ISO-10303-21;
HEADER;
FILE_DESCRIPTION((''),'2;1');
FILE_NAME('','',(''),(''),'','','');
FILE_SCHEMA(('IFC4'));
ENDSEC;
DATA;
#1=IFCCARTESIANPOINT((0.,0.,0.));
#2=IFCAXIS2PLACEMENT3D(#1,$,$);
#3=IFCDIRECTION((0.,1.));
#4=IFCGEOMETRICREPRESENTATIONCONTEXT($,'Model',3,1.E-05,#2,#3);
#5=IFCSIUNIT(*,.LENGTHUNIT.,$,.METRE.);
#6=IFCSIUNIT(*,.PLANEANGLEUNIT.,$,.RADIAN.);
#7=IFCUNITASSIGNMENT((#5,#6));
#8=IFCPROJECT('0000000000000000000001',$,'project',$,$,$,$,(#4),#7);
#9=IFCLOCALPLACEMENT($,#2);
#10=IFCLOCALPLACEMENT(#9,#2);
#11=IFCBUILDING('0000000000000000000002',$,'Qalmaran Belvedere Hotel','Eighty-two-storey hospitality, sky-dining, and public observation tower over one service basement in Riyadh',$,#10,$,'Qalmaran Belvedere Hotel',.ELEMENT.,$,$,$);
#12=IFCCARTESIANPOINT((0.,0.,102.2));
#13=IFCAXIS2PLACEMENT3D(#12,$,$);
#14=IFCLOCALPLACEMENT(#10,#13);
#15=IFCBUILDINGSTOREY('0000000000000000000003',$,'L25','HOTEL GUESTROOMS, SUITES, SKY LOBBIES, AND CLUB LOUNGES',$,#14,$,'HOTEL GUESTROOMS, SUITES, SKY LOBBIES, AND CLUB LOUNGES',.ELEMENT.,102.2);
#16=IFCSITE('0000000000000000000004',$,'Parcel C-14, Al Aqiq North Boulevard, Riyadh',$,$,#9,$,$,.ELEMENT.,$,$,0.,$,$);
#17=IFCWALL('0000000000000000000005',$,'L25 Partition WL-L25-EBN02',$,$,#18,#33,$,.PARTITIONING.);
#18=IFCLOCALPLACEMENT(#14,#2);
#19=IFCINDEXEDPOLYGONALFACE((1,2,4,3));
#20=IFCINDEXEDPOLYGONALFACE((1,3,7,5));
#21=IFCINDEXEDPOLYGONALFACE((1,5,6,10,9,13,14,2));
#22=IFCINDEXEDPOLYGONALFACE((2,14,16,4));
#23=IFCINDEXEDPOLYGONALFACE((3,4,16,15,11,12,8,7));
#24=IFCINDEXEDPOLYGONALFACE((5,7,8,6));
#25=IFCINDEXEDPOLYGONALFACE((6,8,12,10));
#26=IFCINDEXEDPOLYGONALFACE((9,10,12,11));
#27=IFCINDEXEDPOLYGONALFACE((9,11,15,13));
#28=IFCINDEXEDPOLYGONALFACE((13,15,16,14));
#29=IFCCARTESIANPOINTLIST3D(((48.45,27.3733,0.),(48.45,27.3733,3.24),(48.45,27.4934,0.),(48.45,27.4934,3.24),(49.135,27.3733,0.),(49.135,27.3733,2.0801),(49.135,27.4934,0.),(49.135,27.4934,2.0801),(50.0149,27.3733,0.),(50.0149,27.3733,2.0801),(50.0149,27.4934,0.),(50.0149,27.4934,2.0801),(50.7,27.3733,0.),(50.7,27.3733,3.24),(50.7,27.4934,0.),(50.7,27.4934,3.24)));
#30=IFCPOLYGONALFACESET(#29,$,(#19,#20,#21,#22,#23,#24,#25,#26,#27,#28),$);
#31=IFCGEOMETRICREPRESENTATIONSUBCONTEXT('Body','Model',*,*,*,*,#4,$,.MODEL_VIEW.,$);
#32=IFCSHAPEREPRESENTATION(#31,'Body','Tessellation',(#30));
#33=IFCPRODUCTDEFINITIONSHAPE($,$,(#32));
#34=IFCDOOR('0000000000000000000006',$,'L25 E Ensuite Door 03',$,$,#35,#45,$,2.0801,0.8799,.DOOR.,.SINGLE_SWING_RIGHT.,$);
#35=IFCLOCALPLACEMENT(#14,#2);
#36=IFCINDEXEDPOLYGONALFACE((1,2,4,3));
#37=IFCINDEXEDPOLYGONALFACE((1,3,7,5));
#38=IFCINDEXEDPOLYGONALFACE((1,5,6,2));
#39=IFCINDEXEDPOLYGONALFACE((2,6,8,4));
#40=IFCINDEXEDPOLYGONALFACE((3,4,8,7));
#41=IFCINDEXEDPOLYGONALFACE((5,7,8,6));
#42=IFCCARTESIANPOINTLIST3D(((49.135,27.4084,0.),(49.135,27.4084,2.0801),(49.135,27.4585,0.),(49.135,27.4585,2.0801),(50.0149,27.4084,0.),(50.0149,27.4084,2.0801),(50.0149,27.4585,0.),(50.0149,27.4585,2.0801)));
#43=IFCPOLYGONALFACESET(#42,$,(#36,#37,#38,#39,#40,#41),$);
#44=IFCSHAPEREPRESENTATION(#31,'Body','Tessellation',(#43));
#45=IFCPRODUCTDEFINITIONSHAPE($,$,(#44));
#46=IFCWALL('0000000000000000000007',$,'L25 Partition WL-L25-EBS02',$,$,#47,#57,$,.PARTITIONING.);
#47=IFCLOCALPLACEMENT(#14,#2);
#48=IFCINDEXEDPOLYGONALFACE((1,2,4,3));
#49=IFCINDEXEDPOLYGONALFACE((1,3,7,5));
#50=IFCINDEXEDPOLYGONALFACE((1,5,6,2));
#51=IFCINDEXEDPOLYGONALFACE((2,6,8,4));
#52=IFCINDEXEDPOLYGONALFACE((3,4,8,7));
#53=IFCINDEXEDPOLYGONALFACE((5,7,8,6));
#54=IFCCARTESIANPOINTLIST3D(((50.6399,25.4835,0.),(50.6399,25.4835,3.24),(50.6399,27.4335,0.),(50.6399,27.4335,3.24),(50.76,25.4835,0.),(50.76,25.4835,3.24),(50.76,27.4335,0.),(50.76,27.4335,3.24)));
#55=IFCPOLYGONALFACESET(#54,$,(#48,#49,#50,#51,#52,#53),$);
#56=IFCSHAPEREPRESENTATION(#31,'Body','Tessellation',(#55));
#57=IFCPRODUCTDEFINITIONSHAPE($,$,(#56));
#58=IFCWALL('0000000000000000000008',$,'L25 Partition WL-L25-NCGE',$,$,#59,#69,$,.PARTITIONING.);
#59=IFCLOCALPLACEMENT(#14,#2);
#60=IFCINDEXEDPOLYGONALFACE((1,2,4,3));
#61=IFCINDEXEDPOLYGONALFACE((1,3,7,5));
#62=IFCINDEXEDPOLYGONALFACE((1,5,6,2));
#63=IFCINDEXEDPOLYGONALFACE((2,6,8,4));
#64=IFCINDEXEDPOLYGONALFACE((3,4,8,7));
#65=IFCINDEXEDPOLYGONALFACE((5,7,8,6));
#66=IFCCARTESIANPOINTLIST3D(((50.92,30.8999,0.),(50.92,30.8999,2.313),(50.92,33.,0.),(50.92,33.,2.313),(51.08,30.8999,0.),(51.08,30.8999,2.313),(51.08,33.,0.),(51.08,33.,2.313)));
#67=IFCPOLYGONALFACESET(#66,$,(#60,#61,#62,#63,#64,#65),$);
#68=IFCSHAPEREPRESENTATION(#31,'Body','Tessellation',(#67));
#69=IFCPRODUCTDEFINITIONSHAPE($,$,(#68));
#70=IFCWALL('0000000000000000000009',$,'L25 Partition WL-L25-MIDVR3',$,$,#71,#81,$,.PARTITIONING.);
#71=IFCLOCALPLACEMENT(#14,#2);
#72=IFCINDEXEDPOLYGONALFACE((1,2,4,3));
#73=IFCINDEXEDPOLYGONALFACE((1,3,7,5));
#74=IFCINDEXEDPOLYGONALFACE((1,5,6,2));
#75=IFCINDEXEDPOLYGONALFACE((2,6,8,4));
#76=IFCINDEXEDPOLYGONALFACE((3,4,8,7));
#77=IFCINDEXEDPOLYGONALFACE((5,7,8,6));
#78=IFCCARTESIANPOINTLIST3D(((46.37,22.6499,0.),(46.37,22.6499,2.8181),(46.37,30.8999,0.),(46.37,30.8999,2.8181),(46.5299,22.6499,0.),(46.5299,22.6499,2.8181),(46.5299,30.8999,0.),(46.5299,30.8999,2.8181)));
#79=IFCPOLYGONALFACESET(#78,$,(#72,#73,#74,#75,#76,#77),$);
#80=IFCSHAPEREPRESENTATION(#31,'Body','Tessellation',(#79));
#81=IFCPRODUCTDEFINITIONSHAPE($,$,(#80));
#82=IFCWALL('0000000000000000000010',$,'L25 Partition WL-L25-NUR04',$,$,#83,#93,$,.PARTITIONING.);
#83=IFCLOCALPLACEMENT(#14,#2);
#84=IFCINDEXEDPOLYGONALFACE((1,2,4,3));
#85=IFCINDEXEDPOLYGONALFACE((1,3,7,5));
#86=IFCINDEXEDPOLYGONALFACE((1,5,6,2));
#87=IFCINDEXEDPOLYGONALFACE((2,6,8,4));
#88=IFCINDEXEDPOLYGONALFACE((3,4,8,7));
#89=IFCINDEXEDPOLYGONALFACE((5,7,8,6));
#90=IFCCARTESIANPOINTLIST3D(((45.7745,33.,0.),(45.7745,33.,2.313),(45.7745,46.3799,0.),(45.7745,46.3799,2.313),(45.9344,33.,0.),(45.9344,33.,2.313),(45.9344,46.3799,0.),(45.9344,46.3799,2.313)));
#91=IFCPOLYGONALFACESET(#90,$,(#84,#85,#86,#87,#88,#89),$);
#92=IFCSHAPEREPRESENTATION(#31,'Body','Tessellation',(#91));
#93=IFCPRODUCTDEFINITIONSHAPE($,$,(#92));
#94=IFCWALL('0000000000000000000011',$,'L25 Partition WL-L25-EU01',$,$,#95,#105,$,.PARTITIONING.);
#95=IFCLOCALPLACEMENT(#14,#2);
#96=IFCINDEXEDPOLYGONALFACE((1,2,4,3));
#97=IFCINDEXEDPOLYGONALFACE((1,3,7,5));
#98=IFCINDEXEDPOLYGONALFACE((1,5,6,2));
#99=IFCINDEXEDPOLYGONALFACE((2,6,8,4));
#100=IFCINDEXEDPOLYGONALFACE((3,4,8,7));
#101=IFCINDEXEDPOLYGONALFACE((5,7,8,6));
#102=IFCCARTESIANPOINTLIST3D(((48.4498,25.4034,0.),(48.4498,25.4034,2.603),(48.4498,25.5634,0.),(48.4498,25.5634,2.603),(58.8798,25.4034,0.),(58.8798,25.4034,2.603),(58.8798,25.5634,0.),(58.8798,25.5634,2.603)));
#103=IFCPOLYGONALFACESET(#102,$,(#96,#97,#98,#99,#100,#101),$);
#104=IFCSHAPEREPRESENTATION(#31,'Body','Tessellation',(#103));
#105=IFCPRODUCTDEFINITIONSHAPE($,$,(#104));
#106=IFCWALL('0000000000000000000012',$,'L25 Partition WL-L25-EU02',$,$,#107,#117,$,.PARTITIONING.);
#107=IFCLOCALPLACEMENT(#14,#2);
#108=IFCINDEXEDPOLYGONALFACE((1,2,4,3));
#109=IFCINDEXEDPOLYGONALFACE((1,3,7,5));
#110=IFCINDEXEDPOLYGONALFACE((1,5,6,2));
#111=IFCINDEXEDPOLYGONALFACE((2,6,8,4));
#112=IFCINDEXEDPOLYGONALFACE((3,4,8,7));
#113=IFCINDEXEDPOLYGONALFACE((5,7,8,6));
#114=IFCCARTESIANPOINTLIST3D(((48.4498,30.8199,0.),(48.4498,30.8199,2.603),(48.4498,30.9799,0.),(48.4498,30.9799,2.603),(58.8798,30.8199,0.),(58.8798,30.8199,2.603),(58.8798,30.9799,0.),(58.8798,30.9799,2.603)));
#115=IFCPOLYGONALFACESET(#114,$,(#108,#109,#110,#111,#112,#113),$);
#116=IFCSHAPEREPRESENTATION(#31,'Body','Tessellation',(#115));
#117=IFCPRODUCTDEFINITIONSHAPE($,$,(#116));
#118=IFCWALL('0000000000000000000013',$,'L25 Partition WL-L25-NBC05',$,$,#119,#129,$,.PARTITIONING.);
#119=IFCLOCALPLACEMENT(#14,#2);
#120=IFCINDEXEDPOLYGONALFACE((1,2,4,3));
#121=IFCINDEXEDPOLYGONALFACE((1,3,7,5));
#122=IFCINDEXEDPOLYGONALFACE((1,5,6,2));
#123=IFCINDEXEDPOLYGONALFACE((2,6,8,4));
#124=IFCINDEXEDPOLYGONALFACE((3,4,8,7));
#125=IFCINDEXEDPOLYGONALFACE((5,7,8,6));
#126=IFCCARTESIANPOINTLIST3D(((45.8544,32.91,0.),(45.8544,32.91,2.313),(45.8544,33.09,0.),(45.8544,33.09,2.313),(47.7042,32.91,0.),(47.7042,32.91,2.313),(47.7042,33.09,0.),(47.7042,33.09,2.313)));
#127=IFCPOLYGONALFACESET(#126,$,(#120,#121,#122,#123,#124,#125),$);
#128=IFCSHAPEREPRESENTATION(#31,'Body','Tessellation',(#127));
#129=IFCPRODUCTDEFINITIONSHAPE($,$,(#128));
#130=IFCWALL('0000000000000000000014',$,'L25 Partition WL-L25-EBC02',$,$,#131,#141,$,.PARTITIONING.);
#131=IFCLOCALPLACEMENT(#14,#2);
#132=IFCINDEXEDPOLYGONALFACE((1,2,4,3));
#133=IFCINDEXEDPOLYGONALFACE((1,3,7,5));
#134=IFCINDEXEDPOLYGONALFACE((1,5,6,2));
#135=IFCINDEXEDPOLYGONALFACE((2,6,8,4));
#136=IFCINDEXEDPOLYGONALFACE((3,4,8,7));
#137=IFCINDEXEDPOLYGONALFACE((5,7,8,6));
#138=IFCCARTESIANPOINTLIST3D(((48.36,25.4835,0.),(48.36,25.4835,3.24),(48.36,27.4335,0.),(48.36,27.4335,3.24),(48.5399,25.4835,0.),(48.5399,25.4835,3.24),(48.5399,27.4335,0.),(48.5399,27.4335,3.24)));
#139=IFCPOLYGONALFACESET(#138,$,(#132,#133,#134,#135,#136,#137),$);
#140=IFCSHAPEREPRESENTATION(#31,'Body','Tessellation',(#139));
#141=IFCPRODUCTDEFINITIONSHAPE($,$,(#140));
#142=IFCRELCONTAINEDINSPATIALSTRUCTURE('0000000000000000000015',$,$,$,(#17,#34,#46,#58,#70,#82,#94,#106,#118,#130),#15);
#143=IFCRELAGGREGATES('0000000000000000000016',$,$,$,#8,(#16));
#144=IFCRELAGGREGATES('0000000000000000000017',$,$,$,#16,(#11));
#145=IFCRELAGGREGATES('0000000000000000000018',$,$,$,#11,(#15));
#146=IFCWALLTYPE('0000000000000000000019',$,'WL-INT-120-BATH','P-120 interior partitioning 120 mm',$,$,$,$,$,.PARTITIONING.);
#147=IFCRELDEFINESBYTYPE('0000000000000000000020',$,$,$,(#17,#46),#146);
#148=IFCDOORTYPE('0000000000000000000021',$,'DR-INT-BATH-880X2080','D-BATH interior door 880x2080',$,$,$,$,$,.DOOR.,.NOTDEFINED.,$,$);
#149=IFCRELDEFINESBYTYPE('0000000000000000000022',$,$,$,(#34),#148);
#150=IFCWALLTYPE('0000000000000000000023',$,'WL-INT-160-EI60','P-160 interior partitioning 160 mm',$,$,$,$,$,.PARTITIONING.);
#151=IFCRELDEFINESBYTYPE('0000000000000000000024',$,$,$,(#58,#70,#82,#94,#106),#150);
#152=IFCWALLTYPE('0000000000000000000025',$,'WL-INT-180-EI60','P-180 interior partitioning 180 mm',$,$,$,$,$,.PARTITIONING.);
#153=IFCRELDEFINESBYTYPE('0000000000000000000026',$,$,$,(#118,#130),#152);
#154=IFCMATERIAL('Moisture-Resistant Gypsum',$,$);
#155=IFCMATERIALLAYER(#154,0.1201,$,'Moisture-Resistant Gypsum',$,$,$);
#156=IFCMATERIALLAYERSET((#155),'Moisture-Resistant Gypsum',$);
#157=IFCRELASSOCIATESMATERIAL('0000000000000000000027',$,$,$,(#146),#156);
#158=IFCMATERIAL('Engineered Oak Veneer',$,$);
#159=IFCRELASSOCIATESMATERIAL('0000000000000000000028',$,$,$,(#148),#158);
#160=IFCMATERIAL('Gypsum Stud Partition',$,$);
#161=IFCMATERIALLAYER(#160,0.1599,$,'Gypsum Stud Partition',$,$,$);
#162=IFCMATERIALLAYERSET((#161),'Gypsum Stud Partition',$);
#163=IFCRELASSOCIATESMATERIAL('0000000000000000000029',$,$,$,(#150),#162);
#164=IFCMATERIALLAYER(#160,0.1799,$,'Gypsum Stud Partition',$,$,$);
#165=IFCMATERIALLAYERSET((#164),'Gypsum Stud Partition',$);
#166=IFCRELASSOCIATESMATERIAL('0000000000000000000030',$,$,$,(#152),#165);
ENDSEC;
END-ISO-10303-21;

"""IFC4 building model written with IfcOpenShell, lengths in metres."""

from ifc_helpers import new_model, si_unit, direction, frame, frame_2d, origin, place, context, subcontext, project, spatial, rectangle, extrude, material, layer, layer_set, type_object, element, fill, save


model = new_model("IFC4")

# Units and contexts
model_context = context("Model", 3, precision=1e-05, world=origin(), true_north=direction((0.0, 1.0)))
body_context = subcontext(model_context, "Body", "Model", "MODEL_VIEW")
ifc_project = project(units=[si_unit("LENGTHUNIT", "METRE"), si_unit("PLANEANGLEUNIT", "RADIAN")], contexts=[model_context])

# Site, building, storey
site_placement = place(None, origin())
site = spatial("IfcSite", under=ifc_project, at=site_placement, Name="Parcel C-14, Al Aqiq North Boulevard, Riyadh", CompositionType="ELEMENT", RefElevation=0.0)
building_placement = place(site_placement, origin())
building = spatial("IfcBuilding", under=site, at=building_placement, Name="Qalmaran Belvedere Hotel", Description="Eighty-two-storey hospitality, sky-dining, and public observation tower over one service basement in Riyadh", LongName="Qalmaran Belvedere Hotel", CompositionType="ELEMENT")
storey_placement = place(building_placement, frame((0.0, 0.0, 102.2)))
storey = spatial("IfcBuildingStorey", under=building, at=storey_placement, Name="L25", Description="HOTEL GUESTROOMS, SUITES, SKY LOBBIES, AND CLUB LOUNGES", LongName="HOTEL GUESTROOMS, SUITES, SKY LOBBIES, AND CLUB LOUNGES", CompositionType="ELEMENT", Elevation=102.2)

# Wall, opening, door
ifc_material_1 = material(Name="Moisture-Resistant Gypsum")
ifc_layer_1 = layer(ifc_material_1, 0.1201, Name="Moisture-Resistant Gypsum")
ifc_layer_set_1 = layer_set([ifc_layer_1], Name="Moisture-Resistant Gypsum")
wall_type_1 = type_object("IfcWallType", Name="WL-INT-120-BATH", Description="P-120 interior partitioning 120 mm", PredefinedType="PARTITIONING", material=ifc_layer_set_1)
wall_1_placement = place(storey_placement, frame((48.45, 27.4333, 0.0), z_axis=(0.0, 0.0, 1.0), x_axis=(1.0, 0.0, 0.0)))
wall_1 = element("IfcWall", 1, at=wall_1_placement, inside=storey, type_object=wall_type_1, Name="L25 Partition WL-L25-EBN02", PredefinedType="PARTITIONING", context=body_context, shape_type="SweptSolid", body=[
    extrude(rectangle(XDim=2.25, YDim=0.1201, at=frame_2d((1.125, 0.0))), origin(), (0.0, 0.0, 1.0), 3.24),
])
opening_1_placement = place(wall_1_placement, frame((1.5649, 0.0, 0.0), z_axis=(0.0, 0.0, 1.0), x_axis=(-1.0, 0.0, 0.0)))
opening_1 = element("IfcOpeningElement", 2, at=opening_1_placement, cuts=wall_1, PredefinedType="OPENING", context=body_context, shape_type="SweptSolid", body=[
    extrude(rectangle(XDim=0.8799, YDim=2.0801, at=frame_2d((0.4399, 1.04))), frame((0.0, 0.0701, 0.0), z_axis=(0.0, -1.0, 0.0), x_axis=(1.0, 0.0, 0.0)), (0.0, 0.0, 1.0), 0.1401),
])
ifc_material_2 = material(Name="Engineered Oak Veneer")
door_type_1 = type_object("IfcDoorType", Name="DR-INT-BATH-880X2080", Description="D-BATH interior door 880x2080", OperationType="NOTDEFINED", PredefinedType="DOOR", material=ifc_material_2)
door_1_placement = place(opening_1_placement, origin())
door_1 = element("IfcDoor", 3, at=door_1_placement, inside=storey, type_object=door_type_1, Name="L25 E Ensuite Door 03", OperationType="SINGLE_SWING_RIGHT", OverallHeight=2.0801, OverallWidth=0.8799, PredefinedType="DOOR", context=body_context, shape_type="SweptSolid", body=[
    extrude(rectangle(XDim=0.8799, YDim=2.0801, at=frame_2d((0.4399, 1.04))), frame((0.0, 0.0249, 0.0), z_axis=(0.0, -1.0, 0.0), x_axis=(1.0, 0.0, 0.0)), (0.0, 0.0, 1.0), 0.05),
])
fill(opening_1, door_1)

# Wall
wall_2_placement = place(storey_placement, frame((50.7, 25.4834, 0.0), z_axis=(0.0, 0.0, 1.0), x_axis=(0.0, 1.0, 0.0)))
element("IfcWall", 4, at=wall_2_placement, inside=storey, type_object=wall_type_1, Name="L25 Partition WL-L25-EBS02", PredefinedType="PARTITIONING", context=body_context, shape_type="SweptSolid", body=[
    extrude(rectangle(XDim=1.95, YDim=0.1201, at=frame_2d((0.9751, 0.0))), origin(), (0.0, 0.0, 1.0), 3.24),
])

# Shared definitions
ifc_material_3 = material(Name="Gypsum Stud Partition")

# Walls
ifc_layer_2 = layer(ifc_material_3, 0.1599, Name="Gypsum Stud Partition")
ifc_layer_set_2 = layer_set([ifc_layer_2], Name="Gypsum Stud Partition")
wall_type_2 = type_object("IfcWallType", Name="WL-INT-160-EI60", Description="P-160 interior partitioning 160 mm", PredefinedType="PARTITIONING", material=ifc_layer_set_2)
wall_3_placement = place(storey_placement, frame((51.0, 30.8999, 0.0), z_axis=(0.0, 0.0, 1.0), x_axis=(0.0, 1.0, 0.0)))
element("IfcWall", 5, at=wall_3_placement, inside=storey, type_object=wall_type_2, Name="L25 Partition WL-L25-NCGE", PredefinedType="PARTITIONING", context=body_context, shape_type="SweptSolid", body=[
    extrude(rectangle(XDim=2.1001, YDim=0.1599, at=frame_2d((1.05, 0.0))), origin(), (0.0, 0.0, 1.0), 2.313),
])
wall_4_placement = place(storey_placement, frame((46.45, 22.6499, 0.0), z_axis=(0.0, 0.0, 1.0), x_axis=(0.0, 1.0, 0.0)))
element("IfcWall", 6, at=wall_4_placement, inside=storey, type_object=wall_type_2, Name="L25 Partition WL-L25-MIDVR3", PredefinedType="PARTITIONING", context=body_context, shape_type="SweptSolid", body=[
    extrude(rectangle(XDim=8.25, YDim=0.1599, at=frame_2d((4.125, 0.0))), origin(), (0.0, 0.0, 1.0), 2.8181),
])
wall_5_placement = place(storey_placement, frame((45.8545, 33.0, 0.0), z_axis=(0.0, 0.0, 1.0), x_axis=(0.0, 1.0, 0.0)))
element("IfcWall", 7, at=wall_5_placement, inside=storey, type_object=wall_type_2, Name="L25 Partition WL-L25-NUR04", PredefinedType="PARTITIONING", context=body_context, shape_type="SweptSolid", body=[
    extrude(rectangle(XDim=13.3799, YDim=0.1599, at=frame_2d((6.6899, 0.0))), origin(), (0.0, 0.0, 1.0), 2.313),
])
for number, where, z_axis, x_axis, name in (
    (8, (48.45, 25.4834, 0.0), (0.0, 0.0, 1.0), (1.0, 0.0, 0.0), "L25 Partition WL-L25-EU01"),
    (9, (48.45, 30.8999, 0.0), (0.0, 0.0, 1.0), (1.0, 0.0, 0.0), "L25 Partition WL-L25-EU02"),
):
    element("IfcWall", number, at=place(storey_placement, frame(where, z_axis=z_axis, x_axis=x_axis)), inside=storey, type_object=wall_type_2, Name=name, PredefinedType="PARTITIONING", context=body_context, shape_type="SweptSolid", body=[
        extrude(rectangle(XDim=10.4299, YDim=0.1599, at=frame_2d((5.2148, 0.0))), origin(), (0.0, 0.0, 1.0), 2.603),
    ])
ifc_layer_3 = layer(ifc_material_3, 0.1799, Name="Gypsum Stud Partition")
ifc_layer_set_3 = layer_set([ifc_layer_3], Name="Gypsum Stud Partition")
wall_type_3 = type_object("IfcWallType", Name="WL-INT-180-EI60", Description="P-180 interior partitioning 180 mm", PredefinedType="PARTITIONING", material=ifc_layer_set_3)
wall_6_placement = place(storey_placement, frame((45.8545, 33.0, 0.0), z_axis=(0.0, 0.0, 1.0), x_axis=(1.0, 0.0, 0.0)))
element("IfcWall", 10, at=wall_6_placement, inside=storey, type_object=wall_type_3, Name="L25 Partition WL-L25-NBC05", PredefinedType="PARTITIONING", context=body_context, shape_type="SweptSolid", body=[
    extrude(rectangle(XDim=1.8499, YDim=0.1799, at=frame_2d((0.9248, 0.0))), origin(), (0.0, 0.0, 1.0), 2.313),
])
wall_7_placement = place(storey_placement, frame((48.45, 25.4834, 0.0), z_axis=(0.0, 0.0, 1.0), x_axis=(0.0, 1.0, 0.0)))
element("IfcWall", 11, at=wall_7_placement, inside=storey, type_object=wall_type_3, Name="L25 Partition WL-L25-EBC02", PredefinedType="PARTITIONING", context=body_context, shape_type="SweptSolid", body=[
    extrude(rectangle(XDim=1.95, YDim=0.1799, at=frame_2d((0.9751, 0.0))), origin(), (0.0, 0.0, 1.0), 3.24),
])

save(model, "model.ifc")
